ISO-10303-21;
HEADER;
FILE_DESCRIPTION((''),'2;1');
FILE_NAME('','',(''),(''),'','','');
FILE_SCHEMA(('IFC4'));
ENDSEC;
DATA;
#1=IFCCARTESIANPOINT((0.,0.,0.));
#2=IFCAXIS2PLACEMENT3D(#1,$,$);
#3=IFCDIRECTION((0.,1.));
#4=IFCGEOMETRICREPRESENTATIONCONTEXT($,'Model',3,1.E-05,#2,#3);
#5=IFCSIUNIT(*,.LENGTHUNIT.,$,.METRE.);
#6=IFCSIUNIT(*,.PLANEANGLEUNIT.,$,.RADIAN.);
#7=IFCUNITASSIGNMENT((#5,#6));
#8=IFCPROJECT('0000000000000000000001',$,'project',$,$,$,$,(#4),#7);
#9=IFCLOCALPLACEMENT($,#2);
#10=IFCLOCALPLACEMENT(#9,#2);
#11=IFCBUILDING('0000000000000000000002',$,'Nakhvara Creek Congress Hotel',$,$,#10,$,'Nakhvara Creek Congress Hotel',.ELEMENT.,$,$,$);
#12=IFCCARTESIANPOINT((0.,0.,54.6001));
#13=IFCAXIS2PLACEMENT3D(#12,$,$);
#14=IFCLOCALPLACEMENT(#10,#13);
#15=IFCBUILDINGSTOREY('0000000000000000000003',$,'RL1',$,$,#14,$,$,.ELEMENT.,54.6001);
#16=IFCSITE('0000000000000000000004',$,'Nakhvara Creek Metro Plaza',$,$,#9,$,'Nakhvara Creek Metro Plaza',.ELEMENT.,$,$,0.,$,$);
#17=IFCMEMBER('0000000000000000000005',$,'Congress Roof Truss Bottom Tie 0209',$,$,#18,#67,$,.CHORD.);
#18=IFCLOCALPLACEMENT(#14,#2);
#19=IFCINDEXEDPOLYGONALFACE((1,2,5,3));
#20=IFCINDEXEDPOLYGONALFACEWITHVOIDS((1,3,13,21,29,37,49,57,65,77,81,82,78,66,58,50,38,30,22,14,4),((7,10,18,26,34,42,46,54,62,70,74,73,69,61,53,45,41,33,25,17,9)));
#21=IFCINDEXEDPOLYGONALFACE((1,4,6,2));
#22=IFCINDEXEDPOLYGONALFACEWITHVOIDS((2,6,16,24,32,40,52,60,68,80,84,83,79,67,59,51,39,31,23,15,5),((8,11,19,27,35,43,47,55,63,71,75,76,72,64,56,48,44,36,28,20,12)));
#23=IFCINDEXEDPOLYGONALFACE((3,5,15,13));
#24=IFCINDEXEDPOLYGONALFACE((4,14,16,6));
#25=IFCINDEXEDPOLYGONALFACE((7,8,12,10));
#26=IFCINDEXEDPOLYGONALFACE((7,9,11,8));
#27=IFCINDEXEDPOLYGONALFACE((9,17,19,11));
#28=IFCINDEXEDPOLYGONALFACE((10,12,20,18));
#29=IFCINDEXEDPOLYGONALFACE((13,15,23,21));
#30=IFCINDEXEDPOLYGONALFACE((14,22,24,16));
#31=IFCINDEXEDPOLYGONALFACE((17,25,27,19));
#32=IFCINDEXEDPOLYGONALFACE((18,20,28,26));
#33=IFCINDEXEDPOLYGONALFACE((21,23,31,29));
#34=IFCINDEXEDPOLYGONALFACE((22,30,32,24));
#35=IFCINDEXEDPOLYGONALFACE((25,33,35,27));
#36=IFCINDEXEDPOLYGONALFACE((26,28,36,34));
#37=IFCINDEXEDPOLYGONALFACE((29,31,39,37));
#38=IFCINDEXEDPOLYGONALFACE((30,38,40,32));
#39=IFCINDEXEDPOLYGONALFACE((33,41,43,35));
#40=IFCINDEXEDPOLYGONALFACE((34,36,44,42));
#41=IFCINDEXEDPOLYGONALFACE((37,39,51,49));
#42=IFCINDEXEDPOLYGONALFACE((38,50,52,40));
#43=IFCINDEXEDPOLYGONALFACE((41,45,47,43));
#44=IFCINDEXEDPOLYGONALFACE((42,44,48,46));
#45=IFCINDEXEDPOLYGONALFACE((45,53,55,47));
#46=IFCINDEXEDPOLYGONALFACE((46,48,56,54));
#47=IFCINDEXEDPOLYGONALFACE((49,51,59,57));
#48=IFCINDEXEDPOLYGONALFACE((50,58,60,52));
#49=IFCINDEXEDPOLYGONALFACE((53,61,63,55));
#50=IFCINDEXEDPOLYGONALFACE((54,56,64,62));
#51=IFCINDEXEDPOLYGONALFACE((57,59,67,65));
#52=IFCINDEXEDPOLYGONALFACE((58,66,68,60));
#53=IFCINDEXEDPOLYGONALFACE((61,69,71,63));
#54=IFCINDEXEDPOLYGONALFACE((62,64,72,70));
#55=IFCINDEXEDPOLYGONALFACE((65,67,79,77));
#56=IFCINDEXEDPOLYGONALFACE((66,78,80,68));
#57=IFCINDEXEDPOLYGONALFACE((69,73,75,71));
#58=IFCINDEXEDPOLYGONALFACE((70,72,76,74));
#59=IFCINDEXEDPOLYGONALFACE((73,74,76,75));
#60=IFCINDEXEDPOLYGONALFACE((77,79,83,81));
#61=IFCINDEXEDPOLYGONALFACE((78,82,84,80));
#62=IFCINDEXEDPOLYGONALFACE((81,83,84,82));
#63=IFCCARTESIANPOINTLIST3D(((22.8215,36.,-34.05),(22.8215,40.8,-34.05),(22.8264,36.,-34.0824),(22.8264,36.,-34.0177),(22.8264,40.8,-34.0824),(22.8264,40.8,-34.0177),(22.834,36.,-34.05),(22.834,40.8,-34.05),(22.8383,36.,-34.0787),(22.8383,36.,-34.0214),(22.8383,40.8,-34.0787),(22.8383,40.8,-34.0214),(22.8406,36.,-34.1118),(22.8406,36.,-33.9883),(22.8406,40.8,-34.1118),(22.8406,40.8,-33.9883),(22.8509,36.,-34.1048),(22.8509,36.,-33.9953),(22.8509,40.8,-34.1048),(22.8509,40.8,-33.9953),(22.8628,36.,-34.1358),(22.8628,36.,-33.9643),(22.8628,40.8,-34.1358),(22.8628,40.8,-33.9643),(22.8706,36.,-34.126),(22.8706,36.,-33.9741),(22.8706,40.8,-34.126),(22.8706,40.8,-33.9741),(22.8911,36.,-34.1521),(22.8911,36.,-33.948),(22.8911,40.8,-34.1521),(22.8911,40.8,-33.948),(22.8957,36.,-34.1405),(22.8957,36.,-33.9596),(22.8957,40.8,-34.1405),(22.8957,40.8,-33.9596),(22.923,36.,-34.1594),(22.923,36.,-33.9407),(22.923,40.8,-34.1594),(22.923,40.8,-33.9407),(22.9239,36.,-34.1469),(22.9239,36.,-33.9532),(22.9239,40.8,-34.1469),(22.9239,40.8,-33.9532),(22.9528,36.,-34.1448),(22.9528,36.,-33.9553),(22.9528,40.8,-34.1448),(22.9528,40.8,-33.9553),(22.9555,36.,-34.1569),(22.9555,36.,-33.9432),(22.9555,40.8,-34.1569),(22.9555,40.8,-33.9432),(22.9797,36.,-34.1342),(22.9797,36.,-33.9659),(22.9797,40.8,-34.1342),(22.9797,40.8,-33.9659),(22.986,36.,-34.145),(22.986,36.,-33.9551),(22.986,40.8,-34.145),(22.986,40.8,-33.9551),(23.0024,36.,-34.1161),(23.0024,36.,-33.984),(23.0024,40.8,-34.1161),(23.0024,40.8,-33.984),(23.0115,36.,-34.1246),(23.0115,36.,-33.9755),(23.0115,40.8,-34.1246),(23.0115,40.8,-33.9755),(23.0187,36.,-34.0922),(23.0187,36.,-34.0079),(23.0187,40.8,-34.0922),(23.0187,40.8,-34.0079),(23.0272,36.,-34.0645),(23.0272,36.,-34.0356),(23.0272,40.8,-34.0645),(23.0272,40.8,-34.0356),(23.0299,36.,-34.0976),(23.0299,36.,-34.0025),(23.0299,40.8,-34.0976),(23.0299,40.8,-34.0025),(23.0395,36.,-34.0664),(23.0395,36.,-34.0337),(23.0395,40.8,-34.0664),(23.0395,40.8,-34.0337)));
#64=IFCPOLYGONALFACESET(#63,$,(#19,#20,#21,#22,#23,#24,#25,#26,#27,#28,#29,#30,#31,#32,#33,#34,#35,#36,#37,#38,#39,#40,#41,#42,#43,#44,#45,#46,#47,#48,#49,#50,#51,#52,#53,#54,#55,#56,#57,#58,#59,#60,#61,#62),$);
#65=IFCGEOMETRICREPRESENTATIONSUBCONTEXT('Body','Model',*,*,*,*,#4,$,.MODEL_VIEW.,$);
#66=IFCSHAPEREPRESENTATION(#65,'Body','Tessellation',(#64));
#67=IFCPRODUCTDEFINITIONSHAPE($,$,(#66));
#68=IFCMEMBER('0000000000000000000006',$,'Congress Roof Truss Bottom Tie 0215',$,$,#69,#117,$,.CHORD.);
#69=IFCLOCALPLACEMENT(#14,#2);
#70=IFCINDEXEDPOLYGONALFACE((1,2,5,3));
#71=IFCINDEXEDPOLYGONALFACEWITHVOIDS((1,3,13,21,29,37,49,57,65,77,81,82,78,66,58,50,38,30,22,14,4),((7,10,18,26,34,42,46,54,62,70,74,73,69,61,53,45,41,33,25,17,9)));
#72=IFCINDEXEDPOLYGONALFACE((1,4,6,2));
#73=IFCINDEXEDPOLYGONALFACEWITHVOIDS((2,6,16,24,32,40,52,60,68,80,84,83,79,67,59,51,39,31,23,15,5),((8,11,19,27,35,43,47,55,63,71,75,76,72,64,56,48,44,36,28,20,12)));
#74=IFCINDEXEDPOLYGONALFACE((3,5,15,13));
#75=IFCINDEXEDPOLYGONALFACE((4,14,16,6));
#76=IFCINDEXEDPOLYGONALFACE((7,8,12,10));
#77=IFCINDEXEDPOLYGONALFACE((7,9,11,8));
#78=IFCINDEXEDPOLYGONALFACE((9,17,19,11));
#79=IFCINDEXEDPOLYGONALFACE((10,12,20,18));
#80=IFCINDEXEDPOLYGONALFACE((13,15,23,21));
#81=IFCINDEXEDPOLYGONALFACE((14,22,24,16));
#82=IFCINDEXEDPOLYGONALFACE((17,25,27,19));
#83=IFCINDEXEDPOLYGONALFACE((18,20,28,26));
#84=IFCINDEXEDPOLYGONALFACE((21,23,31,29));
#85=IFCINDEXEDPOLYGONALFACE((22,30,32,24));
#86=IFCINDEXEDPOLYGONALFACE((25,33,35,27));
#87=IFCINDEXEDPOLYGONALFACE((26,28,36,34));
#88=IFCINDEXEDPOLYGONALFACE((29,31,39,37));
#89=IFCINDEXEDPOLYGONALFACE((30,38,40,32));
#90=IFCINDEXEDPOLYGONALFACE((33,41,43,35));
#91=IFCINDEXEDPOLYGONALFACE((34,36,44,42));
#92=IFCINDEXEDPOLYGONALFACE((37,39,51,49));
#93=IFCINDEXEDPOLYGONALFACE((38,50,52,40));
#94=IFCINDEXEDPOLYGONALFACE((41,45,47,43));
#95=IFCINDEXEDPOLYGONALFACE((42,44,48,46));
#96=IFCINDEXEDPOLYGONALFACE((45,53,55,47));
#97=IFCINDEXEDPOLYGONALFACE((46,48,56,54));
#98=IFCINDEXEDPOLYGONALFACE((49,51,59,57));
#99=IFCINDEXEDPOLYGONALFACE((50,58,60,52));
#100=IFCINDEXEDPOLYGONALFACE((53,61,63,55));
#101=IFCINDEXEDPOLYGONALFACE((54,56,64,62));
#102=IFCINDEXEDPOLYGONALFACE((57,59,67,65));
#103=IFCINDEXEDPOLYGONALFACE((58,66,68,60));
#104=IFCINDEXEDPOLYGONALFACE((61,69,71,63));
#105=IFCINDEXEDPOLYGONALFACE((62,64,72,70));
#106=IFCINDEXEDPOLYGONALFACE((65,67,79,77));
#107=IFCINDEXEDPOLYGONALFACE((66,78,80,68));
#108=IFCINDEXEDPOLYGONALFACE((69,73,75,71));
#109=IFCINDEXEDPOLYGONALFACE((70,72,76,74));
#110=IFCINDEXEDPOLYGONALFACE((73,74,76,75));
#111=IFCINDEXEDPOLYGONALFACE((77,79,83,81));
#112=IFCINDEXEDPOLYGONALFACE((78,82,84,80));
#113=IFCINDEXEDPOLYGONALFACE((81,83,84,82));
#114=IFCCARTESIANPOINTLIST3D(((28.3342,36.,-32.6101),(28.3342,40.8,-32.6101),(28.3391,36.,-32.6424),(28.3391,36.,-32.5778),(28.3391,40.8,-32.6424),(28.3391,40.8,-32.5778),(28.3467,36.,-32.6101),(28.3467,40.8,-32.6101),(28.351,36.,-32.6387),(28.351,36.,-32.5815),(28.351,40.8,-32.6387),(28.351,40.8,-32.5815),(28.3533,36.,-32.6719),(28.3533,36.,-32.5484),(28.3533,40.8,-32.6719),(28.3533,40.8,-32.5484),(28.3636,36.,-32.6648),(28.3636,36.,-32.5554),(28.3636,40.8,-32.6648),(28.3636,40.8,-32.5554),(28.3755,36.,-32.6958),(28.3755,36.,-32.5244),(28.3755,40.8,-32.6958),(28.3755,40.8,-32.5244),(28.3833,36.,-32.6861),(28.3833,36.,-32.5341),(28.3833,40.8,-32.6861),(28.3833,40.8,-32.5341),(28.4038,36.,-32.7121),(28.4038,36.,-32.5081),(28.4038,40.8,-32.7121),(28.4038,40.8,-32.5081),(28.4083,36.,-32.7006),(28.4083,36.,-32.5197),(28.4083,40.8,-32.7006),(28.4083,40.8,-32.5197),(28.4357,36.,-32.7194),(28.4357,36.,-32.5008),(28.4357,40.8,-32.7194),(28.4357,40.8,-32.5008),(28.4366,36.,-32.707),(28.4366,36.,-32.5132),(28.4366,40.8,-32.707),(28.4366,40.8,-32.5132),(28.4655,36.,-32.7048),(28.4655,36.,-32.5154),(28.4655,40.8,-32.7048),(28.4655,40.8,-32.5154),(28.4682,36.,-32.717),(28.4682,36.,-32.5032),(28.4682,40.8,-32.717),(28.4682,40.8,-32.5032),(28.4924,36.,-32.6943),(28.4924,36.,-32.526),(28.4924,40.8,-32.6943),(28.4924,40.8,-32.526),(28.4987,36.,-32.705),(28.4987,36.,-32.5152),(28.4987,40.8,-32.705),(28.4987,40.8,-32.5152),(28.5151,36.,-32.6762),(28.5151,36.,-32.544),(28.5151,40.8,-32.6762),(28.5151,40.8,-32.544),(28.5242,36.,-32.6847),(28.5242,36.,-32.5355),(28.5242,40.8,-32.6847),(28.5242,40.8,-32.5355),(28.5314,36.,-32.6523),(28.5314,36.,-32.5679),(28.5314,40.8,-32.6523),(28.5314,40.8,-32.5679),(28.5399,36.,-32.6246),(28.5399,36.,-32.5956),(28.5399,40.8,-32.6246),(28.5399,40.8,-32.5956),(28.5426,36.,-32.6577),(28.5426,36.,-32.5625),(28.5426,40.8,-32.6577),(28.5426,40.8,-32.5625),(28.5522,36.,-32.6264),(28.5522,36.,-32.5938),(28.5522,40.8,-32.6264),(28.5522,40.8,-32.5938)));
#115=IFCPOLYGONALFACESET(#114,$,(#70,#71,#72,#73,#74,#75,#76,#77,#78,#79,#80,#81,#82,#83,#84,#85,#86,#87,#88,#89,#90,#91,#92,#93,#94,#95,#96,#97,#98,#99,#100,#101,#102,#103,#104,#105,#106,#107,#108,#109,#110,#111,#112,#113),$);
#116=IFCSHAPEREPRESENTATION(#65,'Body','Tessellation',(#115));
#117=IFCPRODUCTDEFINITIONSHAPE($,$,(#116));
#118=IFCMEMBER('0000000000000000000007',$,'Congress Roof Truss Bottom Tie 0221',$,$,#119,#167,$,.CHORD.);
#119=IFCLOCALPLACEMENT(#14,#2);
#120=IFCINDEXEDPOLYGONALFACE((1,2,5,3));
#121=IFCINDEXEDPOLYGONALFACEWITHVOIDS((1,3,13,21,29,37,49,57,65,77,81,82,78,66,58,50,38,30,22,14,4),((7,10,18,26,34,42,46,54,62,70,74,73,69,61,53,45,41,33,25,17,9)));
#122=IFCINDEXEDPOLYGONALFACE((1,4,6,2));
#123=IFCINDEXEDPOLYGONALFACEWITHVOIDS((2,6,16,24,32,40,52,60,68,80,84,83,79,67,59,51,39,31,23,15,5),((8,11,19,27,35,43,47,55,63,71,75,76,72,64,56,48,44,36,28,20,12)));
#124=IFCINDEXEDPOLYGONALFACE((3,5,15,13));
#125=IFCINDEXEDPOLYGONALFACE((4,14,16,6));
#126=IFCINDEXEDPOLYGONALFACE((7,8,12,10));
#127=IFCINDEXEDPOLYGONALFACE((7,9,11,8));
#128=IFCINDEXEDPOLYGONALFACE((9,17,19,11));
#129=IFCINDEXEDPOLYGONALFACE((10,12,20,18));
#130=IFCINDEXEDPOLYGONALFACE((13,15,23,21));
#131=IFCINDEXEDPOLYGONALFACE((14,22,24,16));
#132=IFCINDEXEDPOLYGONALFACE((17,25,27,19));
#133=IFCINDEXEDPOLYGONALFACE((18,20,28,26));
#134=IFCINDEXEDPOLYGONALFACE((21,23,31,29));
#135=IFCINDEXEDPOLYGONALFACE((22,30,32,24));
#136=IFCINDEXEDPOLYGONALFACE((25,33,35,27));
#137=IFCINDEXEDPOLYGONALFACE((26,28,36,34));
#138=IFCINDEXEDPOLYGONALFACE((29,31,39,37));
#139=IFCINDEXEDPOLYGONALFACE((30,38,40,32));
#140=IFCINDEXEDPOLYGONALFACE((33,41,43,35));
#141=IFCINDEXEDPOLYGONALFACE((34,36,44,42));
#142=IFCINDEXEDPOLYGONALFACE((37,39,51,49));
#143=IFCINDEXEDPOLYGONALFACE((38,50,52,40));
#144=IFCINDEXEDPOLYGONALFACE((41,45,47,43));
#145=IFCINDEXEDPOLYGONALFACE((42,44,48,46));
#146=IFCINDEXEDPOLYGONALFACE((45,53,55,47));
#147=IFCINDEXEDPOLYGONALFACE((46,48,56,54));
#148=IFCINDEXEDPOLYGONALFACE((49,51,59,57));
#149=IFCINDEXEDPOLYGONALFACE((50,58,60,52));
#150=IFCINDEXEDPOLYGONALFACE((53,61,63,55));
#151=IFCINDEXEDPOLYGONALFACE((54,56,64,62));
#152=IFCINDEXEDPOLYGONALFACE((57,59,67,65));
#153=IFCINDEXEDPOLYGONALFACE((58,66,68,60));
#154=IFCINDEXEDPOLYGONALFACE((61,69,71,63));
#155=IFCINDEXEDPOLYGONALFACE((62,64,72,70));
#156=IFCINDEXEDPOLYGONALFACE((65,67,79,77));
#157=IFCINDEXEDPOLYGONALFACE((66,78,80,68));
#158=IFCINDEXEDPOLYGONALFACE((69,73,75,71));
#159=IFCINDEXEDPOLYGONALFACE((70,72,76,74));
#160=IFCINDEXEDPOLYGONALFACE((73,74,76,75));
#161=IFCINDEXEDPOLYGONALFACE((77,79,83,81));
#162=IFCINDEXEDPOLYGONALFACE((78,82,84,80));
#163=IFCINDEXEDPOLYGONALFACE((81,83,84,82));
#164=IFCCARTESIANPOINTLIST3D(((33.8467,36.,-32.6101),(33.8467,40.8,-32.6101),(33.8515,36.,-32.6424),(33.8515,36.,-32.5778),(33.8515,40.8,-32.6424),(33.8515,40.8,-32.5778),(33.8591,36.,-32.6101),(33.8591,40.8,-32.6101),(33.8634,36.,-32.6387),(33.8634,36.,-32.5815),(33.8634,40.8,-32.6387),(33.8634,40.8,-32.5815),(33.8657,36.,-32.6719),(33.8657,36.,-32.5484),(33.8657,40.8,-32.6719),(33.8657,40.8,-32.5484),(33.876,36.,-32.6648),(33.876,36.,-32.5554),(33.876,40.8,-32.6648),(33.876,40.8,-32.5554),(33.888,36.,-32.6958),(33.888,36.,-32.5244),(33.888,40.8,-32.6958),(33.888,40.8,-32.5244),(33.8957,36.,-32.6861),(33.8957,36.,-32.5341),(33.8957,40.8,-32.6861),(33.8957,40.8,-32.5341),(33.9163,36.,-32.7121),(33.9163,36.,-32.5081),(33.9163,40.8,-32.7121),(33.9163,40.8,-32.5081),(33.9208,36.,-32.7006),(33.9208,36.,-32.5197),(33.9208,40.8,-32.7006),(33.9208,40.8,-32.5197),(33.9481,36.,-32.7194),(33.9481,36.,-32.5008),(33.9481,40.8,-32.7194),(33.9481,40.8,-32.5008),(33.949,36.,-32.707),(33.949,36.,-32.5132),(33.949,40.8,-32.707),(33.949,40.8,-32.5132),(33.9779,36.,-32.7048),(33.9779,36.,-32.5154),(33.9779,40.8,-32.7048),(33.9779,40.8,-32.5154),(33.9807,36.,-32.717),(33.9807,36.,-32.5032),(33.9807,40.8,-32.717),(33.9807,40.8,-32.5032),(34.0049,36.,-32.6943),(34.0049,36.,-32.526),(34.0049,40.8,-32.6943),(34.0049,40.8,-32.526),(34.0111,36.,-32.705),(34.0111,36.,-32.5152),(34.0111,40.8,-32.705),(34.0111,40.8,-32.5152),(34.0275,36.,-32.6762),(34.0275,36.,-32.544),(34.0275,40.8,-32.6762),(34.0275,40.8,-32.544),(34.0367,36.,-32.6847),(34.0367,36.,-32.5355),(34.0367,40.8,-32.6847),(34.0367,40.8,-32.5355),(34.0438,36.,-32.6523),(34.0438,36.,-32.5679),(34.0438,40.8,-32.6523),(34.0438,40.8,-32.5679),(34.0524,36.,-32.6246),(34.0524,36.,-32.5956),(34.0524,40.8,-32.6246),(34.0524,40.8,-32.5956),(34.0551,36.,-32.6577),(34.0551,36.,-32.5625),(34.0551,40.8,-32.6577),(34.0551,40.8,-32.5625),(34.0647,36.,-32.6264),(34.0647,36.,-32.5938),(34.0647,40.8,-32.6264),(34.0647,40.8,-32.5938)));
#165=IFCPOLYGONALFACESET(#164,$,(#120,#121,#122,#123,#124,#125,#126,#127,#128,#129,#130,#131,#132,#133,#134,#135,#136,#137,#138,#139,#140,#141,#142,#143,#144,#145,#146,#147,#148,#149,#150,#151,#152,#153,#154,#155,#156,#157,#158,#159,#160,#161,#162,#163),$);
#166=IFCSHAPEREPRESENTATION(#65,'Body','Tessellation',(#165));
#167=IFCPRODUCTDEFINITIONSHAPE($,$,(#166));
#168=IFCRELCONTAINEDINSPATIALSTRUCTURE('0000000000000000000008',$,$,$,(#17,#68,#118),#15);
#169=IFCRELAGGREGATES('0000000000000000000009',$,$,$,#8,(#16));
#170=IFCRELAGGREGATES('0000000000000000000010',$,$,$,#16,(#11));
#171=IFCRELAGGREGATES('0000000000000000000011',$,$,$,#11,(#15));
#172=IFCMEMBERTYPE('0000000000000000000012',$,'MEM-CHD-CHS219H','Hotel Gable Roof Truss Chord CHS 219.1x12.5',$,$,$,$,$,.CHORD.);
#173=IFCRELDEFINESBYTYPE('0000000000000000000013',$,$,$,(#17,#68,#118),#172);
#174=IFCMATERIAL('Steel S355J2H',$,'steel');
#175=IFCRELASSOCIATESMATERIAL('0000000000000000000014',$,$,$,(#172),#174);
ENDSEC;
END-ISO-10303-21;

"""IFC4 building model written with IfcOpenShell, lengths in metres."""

from ifc_helpers import new_model, si_unit, direction, frame, origin, origin_2d, place, context, subcontext, project, spatial, hollow_circle, extrude, material, material_profile, profile_set, type_object, element, save


model = new_model("IFC4")

# Units and contexts
model_context = context("Model", 3, precision=1e-05, world=origin(), true_north=direction((0.0, 1.0)))
body_context = subcontext(model_context, "Body", "Model", "MODEL_VIEW")
ifc_project = project(units=[si_unit("LENGTHUNIT", "METRE"), si_unit("PLANEANGLEUNIT", "RADIAN")], contexts=[model_context])

# Site, building, storey
site_placement = place(None, origin())
site = spatial("IfcSite", under=ifc_project, at=site_placement, Name="Nakhvara Creek Metro Plaza", LongName="Nakhvara Creek Metro Plaza", CompositionType="ELEMENT", RefElevation=0.0)
building_placement = place(site_placement, origin())
building = spatial("IfcBuilding", under=site, at=building_placement, Name="Nakhvara Creek Congress Hotel", LongName="Nakhvara Creek Congress Hotel", CompositionType="ELEMENT")
storey_placement = place(building_placement, frame((0.0, 0.0, 54.6001)))
storey = spatial("IfcBuildingStorey", under=building, at=storey_placement, Name="RL1", CompositionType="ELEMENT", Elevation=54.6001)

# Members
ifc_material_1 = material(Name="Steel S355J2H", Category="steel")
ifc_material_profile_1 = material_profile(ifc_material_1, hollow_circle(Radius=0.1096, WallThickness=0.0125, at=origin_2d()), Name="CHS 219.1x12.5", Category="LoadBearing")
ifc_profile_set_1 = profile_set([ifc_material_profile_1], Name="Steel S355J2H")
member_type_1 = type_object("IfcMemberType", Name="MEM-CHD-CHS219H", Description="Hotel Gable Roof Truss Chord CHS 219.1x12.5", PredefinedType="CHORD", material=ifc_profile_set_1)
for number, where, z_axis, x_axis, name in (
    (1, (22.9312, 36.0, -34.05), (0.0, 1.0, 0.0), (-1.0, 0.0, 0.0), "Congress Roof Truss Bottom Tie 0209"),
    (2, (28.4438, 36.0, -32.6101), (0.0, 1.0, 0.0), (-1.0, 0.0, 0.0), "Congress Roof Truss Bottom Tie 0215"),
    (3, (33.9563, 36.0, -32.6101), (0.0, 1.0, 0.0), (-1.0, 0.0, 0.0), "Congress Roof Truss Bottom Tie 0221"),
):
    element("IfcMember", number, at=place(storey_placement, frame(where, z_axis=z_axis, x_axis=x_axis)), inside=storey, type_object=member_type_1, Name=name, PredefinedType="CHORD", context=body_context, shape_type="SweptSolid", body=[
        extrude(hollow_circle(Radius=0.1096, WallThickness=0.0125, at=origin_2d()), origin(), (0.0, 0.0, 1.0), 4.8),
    ])

save(model, "model.ifc")
